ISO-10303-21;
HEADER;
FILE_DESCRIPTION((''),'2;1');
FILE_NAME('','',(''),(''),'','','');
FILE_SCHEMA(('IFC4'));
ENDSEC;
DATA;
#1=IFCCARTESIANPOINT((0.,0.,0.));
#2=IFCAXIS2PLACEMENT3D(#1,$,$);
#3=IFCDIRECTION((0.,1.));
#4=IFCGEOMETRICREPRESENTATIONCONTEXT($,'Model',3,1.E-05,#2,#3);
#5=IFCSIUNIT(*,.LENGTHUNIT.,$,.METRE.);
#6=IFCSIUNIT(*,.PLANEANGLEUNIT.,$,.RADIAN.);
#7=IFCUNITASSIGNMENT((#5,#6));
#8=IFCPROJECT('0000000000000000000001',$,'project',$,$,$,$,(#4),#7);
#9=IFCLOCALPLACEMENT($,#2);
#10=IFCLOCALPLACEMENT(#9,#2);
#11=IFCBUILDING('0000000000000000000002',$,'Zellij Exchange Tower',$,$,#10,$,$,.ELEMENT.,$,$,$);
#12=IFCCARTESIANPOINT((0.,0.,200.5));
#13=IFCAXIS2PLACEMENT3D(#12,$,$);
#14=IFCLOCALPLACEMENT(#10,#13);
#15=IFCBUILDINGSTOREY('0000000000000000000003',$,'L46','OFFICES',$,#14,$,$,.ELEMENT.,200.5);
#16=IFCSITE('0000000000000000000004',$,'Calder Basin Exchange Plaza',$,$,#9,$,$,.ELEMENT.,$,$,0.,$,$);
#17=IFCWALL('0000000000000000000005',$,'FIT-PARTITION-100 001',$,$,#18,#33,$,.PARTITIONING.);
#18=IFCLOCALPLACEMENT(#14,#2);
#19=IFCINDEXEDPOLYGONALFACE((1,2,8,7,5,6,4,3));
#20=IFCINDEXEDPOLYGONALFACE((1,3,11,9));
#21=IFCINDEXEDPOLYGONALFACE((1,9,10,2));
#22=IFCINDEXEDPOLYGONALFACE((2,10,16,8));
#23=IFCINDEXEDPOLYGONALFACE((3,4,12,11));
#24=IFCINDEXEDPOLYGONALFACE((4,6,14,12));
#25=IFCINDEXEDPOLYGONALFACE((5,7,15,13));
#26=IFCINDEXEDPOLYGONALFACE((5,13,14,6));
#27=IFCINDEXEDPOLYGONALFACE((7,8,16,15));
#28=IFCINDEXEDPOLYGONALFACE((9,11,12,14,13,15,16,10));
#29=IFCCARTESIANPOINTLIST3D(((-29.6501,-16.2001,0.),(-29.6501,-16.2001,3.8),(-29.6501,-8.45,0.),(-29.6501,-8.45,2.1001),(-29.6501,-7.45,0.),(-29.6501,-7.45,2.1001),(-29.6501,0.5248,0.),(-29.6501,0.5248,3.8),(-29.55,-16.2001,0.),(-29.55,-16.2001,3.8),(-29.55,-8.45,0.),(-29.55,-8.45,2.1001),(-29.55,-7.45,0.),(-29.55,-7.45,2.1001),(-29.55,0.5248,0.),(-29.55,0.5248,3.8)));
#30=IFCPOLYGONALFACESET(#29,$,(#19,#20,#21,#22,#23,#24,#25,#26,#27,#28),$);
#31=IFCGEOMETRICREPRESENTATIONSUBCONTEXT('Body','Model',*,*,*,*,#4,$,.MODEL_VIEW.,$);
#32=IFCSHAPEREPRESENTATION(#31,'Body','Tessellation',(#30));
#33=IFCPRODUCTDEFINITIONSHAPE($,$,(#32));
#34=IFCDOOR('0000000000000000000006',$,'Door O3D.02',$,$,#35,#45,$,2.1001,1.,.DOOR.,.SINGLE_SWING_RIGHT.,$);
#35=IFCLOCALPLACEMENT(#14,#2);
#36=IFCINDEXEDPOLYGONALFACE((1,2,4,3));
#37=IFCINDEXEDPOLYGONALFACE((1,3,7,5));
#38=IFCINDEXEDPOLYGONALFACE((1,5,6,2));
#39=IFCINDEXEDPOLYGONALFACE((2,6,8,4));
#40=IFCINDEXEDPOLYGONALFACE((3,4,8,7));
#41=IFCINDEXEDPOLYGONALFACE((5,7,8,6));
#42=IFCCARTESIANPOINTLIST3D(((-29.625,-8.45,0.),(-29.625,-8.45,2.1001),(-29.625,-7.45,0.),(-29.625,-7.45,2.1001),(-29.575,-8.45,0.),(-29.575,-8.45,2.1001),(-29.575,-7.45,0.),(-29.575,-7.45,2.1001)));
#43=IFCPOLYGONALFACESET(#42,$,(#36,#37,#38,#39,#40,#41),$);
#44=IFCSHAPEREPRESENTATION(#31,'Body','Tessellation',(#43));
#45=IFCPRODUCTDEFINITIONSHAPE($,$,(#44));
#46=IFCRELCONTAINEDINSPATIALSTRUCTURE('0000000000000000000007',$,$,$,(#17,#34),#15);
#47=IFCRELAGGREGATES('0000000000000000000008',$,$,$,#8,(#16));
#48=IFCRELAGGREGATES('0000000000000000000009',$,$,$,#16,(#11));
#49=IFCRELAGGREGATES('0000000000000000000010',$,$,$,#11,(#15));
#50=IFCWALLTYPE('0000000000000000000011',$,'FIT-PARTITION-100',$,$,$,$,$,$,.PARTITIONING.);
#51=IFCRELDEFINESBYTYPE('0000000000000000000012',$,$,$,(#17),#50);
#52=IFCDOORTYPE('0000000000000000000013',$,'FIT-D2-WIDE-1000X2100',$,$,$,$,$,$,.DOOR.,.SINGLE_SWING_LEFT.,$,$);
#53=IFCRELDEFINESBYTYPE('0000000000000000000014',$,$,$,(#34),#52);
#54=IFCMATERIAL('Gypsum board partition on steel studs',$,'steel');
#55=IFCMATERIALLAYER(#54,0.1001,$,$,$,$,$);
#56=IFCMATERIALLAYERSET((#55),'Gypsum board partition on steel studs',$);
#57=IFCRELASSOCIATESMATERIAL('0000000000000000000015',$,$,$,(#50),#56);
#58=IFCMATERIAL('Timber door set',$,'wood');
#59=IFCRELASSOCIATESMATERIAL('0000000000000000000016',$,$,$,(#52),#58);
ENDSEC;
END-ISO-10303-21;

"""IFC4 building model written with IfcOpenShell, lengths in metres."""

from ifc_helpers import new_model, si_unit, direction, frame, frame_2d, origin, place, context, subcontext, project, spatial, rectangle, extrude, material, layer, layer_set, type_object, element, fill, save


model = new_model("IFC4")

# Units and contexts
model_context = context("Model", 3, precision=1e-05, world=origin(), true_north=direction((0.0, 1.0)))
body_context = subcontext(model_context, "Body", "Model", "MODEL_VIEW")
ifc_project = project(units=[si_unit("LENGTHUNIT", "METRE"), si_unit("PLANEANGLEUNIT", "RADIAN")], contexts=[model_context])

# Site, building, storey
site_placement = place(None, origin())
site = spatial("IfcSite", under=ifc_project, at=site_placement, Name="Calder Basin Exchange Plaza", CompositionType="ELEMENT", RefElevation=0.0)
building_placement = place(site_placement, origin())
building = spatial("IfcBuilding", under=site, at=building_placement, Name="Zellij Exchange Tower", CompositionType="ELEMENT")
storey_placement = place(building_placement, frame((0.0, 0.0, 200.5)))
storey = spatial("IfcBuildingStorey", under=building, at=storey_placement, Name="L46", Description="OFFICES", CompositionType="ELEMENT", Elevation=200.5)

# Wall, opening, door
ifc_material_1 = material(Name="Gypsum board partition on steel studs", Category="steel")
ifc_layer_1 = layer(ifc_material_1, 0.1001)
ifc_layer_set_1 = layer_set([ifc_layer_1], Name="Gypsum board partition on steel studs")
wall_type_1 = type_object("IfcWallType", Name="FIT-PARTITION-100", PredefinedType="PARTITIONING", material=ifc_layer_set_1)
wall_1_placement = place(storey_placement, frame((-29.6001, -16.2, 0.0), z_axis=(0.0, 0.0, 1.0), x_axis=(0.0, 1.0, 0.0)))
wall_1 = element("IfcWall", 1, at=wall_1_placement, inside=storey, type_object=wall_type_1, Name="FIT-PARTITION-100 001", PredefinedType="PARTITIONING", context=body_context, shape_type="SweptSolid", body=[
    extrude(rectangle(XDim=16.7249, YDim=0.1001, at=frame_2d((8.3623, 0.0))), origin(), (0.0, 0.0, 1.0), 3.8),
])
opening_1_placement = place(wall_1_placement, frame((7.75, 0.0, 0.0)))
opening_1 = element("IfcOpeningElement", 2, at=opening_1_placement, cuts=wall_1, PredefinedType="OPENING", context=body_context, shape_type="SweptSolid", body=[
    extrude(rectangle(XDim=1.0, YDim=2.1001, at=frame_2d((0.5, 1.05))), frame((0.0, 0.062, 0.0), z_axis=(0.0, -1.0, 0.0), x_axis=(1.0, 0.0, 0.0)), (0.0, 0.0, 1.0), 0.124),
])
ifc_material_2 = material(Name="Timber door set", Category="wood")
door_type_1 = type_object("IfcDoorType", Name="FIT-D2-WIDE-1000X2100", OperationType="SINGLE_SWING_LEFT", PredefinedType="DOOR", material=ifc_material_2)
door_1_placement = place(opening_1_placement, origin())
door_1 = element("IfcDoor", 3, at=door_1_placement, inside=storey, type_object=door_type_1, Name="Door O3D.02", OperationType="SINGLE_SWING_RIGHT", OverallHeight=2.1001, OverallWidth=1.0, PredefinedType="DOOR", context=body_context, shape_type="SweptSolid", body=[
    extrude(rectangle(XDim=1.0, YDim=2.1001, at=frame_2d((0.5, 1.05))), frame((0.0, 0.0249, 0.0), z_axis=(0.0, -1.0, 0.0), x_axis=(1.0, 0.0, 0.0)), (0.0, 0.0, 1.0), 0.05),
])
fill(opening_1, door_1)

save(model, "model.ifc")
